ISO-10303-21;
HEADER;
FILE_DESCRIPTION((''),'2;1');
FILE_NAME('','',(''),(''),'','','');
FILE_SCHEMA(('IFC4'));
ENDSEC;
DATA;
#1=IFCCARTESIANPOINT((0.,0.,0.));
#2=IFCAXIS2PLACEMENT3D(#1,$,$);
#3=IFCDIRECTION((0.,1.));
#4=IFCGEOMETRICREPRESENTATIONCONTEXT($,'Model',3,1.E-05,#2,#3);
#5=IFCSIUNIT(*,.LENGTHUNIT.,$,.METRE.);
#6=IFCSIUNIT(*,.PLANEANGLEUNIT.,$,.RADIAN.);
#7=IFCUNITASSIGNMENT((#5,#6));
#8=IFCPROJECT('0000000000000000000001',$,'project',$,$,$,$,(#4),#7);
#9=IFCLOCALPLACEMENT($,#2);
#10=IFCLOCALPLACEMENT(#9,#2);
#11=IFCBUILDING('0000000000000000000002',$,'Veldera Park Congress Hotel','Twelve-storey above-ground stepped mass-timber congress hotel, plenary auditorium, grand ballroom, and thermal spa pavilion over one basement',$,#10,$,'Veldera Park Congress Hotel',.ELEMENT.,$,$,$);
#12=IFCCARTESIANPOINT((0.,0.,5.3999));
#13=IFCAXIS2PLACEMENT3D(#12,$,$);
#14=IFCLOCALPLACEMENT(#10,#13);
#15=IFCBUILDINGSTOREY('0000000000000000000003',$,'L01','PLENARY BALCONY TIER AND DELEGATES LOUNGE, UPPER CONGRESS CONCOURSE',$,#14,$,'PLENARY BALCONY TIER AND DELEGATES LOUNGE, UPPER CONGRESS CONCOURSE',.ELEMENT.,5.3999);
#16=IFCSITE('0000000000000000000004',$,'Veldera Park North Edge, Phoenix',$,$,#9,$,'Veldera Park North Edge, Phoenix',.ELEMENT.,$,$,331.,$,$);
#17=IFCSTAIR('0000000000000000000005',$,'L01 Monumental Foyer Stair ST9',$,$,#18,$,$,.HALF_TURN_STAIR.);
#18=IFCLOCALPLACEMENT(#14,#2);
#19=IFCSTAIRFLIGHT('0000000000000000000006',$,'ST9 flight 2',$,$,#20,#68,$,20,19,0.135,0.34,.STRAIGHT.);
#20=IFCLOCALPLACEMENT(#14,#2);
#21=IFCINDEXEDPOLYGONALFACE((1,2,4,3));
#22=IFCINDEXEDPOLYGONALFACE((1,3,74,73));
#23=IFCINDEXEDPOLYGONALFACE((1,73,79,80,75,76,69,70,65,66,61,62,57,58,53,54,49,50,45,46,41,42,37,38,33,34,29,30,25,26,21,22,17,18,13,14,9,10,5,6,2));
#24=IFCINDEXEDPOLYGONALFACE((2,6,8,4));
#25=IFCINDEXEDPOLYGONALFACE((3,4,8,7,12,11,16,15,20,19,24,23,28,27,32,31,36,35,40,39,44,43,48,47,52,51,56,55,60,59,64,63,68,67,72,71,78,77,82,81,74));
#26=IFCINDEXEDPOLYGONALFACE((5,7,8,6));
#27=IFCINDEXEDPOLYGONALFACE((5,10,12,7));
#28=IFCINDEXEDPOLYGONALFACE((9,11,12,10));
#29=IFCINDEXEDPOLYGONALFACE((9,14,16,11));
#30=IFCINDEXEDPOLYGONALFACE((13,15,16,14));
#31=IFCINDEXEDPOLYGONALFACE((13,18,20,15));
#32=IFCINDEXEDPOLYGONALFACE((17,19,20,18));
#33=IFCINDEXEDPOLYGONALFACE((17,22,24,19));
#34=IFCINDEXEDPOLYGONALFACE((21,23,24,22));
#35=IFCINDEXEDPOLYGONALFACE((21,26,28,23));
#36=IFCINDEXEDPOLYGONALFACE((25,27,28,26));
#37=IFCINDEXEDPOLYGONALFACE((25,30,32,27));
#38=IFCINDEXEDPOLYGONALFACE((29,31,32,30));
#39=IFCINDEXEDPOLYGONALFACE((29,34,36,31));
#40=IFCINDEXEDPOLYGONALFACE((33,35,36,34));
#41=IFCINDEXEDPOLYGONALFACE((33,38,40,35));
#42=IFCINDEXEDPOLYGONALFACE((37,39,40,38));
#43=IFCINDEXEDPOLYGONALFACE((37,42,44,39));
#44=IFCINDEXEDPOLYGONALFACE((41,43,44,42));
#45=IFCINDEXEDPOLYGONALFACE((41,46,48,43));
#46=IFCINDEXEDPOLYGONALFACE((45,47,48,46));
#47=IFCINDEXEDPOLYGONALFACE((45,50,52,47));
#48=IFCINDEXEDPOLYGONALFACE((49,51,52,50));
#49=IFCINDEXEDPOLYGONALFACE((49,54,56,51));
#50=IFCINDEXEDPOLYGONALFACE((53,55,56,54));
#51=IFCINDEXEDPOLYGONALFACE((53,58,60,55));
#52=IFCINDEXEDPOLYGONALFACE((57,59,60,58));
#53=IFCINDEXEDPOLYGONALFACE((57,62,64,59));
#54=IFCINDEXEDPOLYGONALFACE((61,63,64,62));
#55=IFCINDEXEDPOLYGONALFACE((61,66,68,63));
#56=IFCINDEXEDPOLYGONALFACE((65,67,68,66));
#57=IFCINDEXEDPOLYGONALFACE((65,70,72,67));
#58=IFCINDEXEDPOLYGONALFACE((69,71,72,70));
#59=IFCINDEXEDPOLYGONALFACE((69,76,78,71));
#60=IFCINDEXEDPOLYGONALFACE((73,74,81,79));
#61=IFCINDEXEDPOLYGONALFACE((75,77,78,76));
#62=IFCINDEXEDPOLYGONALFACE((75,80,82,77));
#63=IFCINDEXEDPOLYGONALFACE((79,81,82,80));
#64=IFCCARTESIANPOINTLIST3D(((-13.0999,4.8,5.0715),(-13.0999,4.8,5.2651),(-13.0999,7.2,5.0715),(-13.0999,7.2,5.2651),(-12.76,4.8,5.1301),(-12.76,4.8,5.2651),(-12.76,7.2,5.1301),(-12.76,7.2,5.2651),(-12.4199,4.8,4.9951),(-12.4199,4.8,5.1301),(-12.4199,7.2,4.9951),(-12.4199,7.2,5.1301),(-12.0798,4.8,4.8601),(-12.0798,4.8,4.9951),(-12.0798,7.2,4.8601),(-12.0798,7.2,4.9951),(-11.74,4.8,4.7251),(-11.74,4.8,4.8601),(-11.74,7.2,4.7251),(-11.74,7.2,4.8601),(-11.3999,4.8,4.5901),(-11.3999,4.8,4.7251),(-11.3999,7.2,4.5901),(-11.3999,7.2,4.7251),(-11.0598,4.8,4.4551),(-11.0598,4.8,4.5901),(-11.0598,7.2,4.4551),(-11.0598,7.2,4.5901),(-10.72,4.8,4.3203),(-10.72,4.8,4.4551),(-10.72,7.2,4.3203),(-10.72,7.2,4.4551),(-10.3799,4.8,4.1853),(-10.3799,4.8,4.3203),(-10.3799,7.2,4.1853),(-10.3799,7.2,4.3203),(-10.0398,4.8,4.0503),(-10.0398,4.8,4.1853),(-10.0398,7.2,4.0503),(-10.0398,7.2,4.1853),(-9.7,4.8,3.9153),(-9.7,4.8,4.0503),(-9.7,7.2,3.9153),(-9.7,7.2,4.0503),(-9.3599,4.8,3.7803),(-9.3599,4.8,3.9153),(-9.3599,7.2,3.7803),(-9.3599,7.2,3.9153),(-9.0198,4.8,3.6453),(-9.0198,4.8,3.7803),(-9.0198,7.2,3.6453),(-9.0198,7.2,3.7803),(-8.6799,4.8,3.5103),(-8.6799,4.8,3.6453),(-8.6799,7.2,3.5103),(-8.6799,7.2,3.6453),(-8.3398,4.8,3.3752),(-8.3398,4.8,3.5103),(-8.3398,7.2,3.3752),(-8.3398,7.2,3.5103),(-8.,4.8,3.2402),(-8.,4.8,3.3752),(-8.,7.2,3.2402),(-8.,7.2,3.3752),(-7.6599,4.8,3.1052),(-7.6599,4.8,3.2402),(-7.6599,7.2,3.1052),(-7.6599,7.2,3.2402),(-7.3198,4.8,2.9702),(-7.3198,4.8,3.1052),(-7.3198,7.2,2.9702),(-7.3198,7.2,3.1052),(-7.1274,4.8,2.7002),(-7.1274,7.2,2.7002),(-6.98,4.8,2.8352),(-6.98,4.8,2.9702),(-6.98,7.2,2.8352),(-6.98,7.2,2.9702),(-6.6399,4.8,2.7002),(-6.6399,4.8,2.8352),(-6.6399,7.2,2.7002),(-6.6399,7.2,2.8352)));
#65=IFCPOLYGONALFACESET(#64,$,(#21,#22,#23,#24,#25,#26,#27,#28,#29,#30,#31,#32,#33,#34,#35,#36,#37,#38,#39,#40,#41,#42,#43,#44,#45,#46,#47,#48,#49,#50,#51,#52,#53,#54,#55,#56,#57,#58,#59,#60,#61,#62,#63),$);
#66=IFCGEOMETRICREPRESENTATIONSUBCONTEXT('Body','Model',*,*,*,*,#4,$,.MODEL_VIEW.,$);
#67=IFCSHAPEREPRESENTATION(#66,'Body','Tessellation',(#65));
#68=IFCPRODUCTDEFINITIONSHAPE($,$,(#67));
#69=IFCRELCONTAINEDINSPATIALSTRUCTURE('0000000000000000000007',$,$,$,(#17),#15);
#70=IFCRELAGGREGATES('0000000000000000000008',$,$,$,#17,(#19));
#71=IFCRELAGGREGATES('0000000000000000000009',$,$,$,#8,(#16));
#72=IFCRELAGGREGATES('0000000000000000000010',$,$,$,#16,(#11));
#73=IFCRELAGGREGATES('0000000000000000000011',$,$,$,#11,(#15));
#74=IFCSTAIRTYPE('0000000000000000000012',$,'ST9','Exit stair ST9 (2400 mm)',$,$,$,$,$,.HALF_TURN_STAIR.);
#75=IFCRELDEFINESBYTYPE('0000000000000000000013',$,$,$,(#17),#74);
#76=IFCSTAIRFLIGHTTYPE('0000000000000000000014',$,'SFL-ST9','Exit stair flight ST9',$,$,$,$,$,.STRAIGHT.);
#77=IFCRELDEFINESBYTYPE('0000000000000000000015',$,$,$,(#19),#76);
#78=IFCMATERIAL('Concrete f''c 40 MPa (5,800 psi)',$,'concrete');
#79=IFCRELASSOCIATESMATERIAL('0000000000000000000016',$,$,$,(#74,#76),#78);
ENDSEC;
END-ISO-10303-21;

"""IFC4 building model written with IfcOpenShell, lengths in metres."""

from ifc_helpers import new_model, si_unit, direction, frame, origin, place, context, subcontext, project, spatial, polyline, outline, extrude, material, type_object, element, aggregate, save


model = new_model("IFC4")

# Units and contexts
model_context = context("Model", 3, precision=1e-05, world=origin(), true_north=direction((0.0, 1.0)))
body_context = subcontext(model_context, "Body", "Model", "MODEL_VIEW")
ifc_project = project(units=[si_unit("LENGTHUNIT", "METRE"), si_unit("PLANEANGLEUNIT", "RADIAN")], contexts=[model_context])

# Site, building, storey
site_placement = place(None, origin())
site = spatial("IfcSite", under=ifc_project, at=site_placement, Name="Veldera Park North Edge, Phoenix", LongName="Veldera Park North Edge, Phoenix", CompositionType="ELEMENT", RefElevation=331.0)
building_placement = place(site_placement, origin())
building = spatial("IfcBuilding", under=site, at=building_placement, Name="Veldera Park Congress Hotel", Description="Twelve-storey above-ground stepped mass-timber congress hotel, plenary auditorium, grand ballroom, and thermal spa pavilion over one basement", LongName="Veldera Park Congress Hotel", CompositionType="ELEMENT")
storey_placement = place(building_placement, frame((0.0, 0.0, 5.3999)))
storey = spatial("IfcBuildingStorey", under=building, at=storey_placement, Name="L01", Description="PLENARY BALCONY TIER AND DELEGATES LOUNGE, UPPER CONGRESS CONCOURSE", LongName="PLENARY BALCONY TIER AND DELEGATES LOUNGE, UPPER CONGRESS CONCOURSE", CompositionType="ELEMENT", Elevation=5.3999)

# Shared definitions
ifc_material_1 = material(Name="Concrete f'c 40 MPa (5,800 psi)", Category="concrete")

# Stair, stair flight
stair_type = type_object("IfcStairType", Name="ST9", Description="Exit stair ST9 (2400 mm)", PredefinedType="HALF_TURN_STAIR", material=ifc_material_1)
stair_placement = place(storey_placement, origin())
stair = element("IfcStair", 1, at=stair_placement, inside=storey, type_object=stair_type, Name="L01 Monumental Foyer Stair ST9", PredefinedType="HALF_TURN_STAIR")
stair_flight_type = type_object("IfcStairFlightType", Name="SFL-ST9", Description="Exit stair flight ST9", PredefinedType="STRAIGHT", material=ifc_material_1)
stair_flight_1_placement = place(storey_placement, frame((-6.6399, 6.0, 2.7002), z_axis=(0.0, 0.0, 1.0), x_axis=(-1.0, 0.0, 0.0)))
stair_flight_1 = element("IfcStairFlight", 2, at=stair_flight_1_placement, type_object=stair_flight_type, Name="ST9 flight 2", NumberOfRisers=20, NumberOfTreads=19, PredefinedType="STRAIGHT", RiserHeight=0.135, TreadLength=0.34, context=body_context, shape_type="SweptSolid", body=[
    extrude(outline(polyline([(0.0, 0.0), (0.0, 0.135), (0.3401, 0.135), (0.3401, 0.27), (0.6799, 0.27), (0.6799, 0.405), (1.02, 0.405), (1.02, 0.54), (1.3601, 0.54), (1.3601, 0.675), (1.7, 0.675), (1.7, 0.8101), (2.04, 0.8101), (2.04, 0.9451), (2.3799, 0.9451), (2.3799, 1.0801), (2.72, 1.0801), (2.72, 1.2151), (3.0601, 1.2151), (3.0601, 1.3501), (3.3999, 1.3501), (3.3999, 1.4851), (3.74, 1.4851), (3.74, 1.6201), (4.0801, 1.6201), (4.0801, 1.7549), (4.4199, 1.7549), (4.4199, 1.8899), (4.76, 1.8899), (4.76, 2.0249), (5.1001, 2.0249), (5.1001, 2.1599), (5.4399, 2.1599), (5.4399, 2.2949), (5.78, 2.2949), (5.78, 2.4299), (6.1201, 2.4299), (6.1201, 2.5649), (6.46, 2.5649), (6.46, 2.7), (6.46, 2.7), (6.46, 2.3713), (0.4875, 0.0), (0.0, 0.0)])), frame((0.0, 1.2, 0.0), z_axis=(0.0, -1.0, 0.0), x_axis=(1.0, 0.0, 0.0)), (0.0, 0.0, 1.0), 2.3999),
])
aggregate(stair, [stair_flight_1])

save(model, "model.ifc")
